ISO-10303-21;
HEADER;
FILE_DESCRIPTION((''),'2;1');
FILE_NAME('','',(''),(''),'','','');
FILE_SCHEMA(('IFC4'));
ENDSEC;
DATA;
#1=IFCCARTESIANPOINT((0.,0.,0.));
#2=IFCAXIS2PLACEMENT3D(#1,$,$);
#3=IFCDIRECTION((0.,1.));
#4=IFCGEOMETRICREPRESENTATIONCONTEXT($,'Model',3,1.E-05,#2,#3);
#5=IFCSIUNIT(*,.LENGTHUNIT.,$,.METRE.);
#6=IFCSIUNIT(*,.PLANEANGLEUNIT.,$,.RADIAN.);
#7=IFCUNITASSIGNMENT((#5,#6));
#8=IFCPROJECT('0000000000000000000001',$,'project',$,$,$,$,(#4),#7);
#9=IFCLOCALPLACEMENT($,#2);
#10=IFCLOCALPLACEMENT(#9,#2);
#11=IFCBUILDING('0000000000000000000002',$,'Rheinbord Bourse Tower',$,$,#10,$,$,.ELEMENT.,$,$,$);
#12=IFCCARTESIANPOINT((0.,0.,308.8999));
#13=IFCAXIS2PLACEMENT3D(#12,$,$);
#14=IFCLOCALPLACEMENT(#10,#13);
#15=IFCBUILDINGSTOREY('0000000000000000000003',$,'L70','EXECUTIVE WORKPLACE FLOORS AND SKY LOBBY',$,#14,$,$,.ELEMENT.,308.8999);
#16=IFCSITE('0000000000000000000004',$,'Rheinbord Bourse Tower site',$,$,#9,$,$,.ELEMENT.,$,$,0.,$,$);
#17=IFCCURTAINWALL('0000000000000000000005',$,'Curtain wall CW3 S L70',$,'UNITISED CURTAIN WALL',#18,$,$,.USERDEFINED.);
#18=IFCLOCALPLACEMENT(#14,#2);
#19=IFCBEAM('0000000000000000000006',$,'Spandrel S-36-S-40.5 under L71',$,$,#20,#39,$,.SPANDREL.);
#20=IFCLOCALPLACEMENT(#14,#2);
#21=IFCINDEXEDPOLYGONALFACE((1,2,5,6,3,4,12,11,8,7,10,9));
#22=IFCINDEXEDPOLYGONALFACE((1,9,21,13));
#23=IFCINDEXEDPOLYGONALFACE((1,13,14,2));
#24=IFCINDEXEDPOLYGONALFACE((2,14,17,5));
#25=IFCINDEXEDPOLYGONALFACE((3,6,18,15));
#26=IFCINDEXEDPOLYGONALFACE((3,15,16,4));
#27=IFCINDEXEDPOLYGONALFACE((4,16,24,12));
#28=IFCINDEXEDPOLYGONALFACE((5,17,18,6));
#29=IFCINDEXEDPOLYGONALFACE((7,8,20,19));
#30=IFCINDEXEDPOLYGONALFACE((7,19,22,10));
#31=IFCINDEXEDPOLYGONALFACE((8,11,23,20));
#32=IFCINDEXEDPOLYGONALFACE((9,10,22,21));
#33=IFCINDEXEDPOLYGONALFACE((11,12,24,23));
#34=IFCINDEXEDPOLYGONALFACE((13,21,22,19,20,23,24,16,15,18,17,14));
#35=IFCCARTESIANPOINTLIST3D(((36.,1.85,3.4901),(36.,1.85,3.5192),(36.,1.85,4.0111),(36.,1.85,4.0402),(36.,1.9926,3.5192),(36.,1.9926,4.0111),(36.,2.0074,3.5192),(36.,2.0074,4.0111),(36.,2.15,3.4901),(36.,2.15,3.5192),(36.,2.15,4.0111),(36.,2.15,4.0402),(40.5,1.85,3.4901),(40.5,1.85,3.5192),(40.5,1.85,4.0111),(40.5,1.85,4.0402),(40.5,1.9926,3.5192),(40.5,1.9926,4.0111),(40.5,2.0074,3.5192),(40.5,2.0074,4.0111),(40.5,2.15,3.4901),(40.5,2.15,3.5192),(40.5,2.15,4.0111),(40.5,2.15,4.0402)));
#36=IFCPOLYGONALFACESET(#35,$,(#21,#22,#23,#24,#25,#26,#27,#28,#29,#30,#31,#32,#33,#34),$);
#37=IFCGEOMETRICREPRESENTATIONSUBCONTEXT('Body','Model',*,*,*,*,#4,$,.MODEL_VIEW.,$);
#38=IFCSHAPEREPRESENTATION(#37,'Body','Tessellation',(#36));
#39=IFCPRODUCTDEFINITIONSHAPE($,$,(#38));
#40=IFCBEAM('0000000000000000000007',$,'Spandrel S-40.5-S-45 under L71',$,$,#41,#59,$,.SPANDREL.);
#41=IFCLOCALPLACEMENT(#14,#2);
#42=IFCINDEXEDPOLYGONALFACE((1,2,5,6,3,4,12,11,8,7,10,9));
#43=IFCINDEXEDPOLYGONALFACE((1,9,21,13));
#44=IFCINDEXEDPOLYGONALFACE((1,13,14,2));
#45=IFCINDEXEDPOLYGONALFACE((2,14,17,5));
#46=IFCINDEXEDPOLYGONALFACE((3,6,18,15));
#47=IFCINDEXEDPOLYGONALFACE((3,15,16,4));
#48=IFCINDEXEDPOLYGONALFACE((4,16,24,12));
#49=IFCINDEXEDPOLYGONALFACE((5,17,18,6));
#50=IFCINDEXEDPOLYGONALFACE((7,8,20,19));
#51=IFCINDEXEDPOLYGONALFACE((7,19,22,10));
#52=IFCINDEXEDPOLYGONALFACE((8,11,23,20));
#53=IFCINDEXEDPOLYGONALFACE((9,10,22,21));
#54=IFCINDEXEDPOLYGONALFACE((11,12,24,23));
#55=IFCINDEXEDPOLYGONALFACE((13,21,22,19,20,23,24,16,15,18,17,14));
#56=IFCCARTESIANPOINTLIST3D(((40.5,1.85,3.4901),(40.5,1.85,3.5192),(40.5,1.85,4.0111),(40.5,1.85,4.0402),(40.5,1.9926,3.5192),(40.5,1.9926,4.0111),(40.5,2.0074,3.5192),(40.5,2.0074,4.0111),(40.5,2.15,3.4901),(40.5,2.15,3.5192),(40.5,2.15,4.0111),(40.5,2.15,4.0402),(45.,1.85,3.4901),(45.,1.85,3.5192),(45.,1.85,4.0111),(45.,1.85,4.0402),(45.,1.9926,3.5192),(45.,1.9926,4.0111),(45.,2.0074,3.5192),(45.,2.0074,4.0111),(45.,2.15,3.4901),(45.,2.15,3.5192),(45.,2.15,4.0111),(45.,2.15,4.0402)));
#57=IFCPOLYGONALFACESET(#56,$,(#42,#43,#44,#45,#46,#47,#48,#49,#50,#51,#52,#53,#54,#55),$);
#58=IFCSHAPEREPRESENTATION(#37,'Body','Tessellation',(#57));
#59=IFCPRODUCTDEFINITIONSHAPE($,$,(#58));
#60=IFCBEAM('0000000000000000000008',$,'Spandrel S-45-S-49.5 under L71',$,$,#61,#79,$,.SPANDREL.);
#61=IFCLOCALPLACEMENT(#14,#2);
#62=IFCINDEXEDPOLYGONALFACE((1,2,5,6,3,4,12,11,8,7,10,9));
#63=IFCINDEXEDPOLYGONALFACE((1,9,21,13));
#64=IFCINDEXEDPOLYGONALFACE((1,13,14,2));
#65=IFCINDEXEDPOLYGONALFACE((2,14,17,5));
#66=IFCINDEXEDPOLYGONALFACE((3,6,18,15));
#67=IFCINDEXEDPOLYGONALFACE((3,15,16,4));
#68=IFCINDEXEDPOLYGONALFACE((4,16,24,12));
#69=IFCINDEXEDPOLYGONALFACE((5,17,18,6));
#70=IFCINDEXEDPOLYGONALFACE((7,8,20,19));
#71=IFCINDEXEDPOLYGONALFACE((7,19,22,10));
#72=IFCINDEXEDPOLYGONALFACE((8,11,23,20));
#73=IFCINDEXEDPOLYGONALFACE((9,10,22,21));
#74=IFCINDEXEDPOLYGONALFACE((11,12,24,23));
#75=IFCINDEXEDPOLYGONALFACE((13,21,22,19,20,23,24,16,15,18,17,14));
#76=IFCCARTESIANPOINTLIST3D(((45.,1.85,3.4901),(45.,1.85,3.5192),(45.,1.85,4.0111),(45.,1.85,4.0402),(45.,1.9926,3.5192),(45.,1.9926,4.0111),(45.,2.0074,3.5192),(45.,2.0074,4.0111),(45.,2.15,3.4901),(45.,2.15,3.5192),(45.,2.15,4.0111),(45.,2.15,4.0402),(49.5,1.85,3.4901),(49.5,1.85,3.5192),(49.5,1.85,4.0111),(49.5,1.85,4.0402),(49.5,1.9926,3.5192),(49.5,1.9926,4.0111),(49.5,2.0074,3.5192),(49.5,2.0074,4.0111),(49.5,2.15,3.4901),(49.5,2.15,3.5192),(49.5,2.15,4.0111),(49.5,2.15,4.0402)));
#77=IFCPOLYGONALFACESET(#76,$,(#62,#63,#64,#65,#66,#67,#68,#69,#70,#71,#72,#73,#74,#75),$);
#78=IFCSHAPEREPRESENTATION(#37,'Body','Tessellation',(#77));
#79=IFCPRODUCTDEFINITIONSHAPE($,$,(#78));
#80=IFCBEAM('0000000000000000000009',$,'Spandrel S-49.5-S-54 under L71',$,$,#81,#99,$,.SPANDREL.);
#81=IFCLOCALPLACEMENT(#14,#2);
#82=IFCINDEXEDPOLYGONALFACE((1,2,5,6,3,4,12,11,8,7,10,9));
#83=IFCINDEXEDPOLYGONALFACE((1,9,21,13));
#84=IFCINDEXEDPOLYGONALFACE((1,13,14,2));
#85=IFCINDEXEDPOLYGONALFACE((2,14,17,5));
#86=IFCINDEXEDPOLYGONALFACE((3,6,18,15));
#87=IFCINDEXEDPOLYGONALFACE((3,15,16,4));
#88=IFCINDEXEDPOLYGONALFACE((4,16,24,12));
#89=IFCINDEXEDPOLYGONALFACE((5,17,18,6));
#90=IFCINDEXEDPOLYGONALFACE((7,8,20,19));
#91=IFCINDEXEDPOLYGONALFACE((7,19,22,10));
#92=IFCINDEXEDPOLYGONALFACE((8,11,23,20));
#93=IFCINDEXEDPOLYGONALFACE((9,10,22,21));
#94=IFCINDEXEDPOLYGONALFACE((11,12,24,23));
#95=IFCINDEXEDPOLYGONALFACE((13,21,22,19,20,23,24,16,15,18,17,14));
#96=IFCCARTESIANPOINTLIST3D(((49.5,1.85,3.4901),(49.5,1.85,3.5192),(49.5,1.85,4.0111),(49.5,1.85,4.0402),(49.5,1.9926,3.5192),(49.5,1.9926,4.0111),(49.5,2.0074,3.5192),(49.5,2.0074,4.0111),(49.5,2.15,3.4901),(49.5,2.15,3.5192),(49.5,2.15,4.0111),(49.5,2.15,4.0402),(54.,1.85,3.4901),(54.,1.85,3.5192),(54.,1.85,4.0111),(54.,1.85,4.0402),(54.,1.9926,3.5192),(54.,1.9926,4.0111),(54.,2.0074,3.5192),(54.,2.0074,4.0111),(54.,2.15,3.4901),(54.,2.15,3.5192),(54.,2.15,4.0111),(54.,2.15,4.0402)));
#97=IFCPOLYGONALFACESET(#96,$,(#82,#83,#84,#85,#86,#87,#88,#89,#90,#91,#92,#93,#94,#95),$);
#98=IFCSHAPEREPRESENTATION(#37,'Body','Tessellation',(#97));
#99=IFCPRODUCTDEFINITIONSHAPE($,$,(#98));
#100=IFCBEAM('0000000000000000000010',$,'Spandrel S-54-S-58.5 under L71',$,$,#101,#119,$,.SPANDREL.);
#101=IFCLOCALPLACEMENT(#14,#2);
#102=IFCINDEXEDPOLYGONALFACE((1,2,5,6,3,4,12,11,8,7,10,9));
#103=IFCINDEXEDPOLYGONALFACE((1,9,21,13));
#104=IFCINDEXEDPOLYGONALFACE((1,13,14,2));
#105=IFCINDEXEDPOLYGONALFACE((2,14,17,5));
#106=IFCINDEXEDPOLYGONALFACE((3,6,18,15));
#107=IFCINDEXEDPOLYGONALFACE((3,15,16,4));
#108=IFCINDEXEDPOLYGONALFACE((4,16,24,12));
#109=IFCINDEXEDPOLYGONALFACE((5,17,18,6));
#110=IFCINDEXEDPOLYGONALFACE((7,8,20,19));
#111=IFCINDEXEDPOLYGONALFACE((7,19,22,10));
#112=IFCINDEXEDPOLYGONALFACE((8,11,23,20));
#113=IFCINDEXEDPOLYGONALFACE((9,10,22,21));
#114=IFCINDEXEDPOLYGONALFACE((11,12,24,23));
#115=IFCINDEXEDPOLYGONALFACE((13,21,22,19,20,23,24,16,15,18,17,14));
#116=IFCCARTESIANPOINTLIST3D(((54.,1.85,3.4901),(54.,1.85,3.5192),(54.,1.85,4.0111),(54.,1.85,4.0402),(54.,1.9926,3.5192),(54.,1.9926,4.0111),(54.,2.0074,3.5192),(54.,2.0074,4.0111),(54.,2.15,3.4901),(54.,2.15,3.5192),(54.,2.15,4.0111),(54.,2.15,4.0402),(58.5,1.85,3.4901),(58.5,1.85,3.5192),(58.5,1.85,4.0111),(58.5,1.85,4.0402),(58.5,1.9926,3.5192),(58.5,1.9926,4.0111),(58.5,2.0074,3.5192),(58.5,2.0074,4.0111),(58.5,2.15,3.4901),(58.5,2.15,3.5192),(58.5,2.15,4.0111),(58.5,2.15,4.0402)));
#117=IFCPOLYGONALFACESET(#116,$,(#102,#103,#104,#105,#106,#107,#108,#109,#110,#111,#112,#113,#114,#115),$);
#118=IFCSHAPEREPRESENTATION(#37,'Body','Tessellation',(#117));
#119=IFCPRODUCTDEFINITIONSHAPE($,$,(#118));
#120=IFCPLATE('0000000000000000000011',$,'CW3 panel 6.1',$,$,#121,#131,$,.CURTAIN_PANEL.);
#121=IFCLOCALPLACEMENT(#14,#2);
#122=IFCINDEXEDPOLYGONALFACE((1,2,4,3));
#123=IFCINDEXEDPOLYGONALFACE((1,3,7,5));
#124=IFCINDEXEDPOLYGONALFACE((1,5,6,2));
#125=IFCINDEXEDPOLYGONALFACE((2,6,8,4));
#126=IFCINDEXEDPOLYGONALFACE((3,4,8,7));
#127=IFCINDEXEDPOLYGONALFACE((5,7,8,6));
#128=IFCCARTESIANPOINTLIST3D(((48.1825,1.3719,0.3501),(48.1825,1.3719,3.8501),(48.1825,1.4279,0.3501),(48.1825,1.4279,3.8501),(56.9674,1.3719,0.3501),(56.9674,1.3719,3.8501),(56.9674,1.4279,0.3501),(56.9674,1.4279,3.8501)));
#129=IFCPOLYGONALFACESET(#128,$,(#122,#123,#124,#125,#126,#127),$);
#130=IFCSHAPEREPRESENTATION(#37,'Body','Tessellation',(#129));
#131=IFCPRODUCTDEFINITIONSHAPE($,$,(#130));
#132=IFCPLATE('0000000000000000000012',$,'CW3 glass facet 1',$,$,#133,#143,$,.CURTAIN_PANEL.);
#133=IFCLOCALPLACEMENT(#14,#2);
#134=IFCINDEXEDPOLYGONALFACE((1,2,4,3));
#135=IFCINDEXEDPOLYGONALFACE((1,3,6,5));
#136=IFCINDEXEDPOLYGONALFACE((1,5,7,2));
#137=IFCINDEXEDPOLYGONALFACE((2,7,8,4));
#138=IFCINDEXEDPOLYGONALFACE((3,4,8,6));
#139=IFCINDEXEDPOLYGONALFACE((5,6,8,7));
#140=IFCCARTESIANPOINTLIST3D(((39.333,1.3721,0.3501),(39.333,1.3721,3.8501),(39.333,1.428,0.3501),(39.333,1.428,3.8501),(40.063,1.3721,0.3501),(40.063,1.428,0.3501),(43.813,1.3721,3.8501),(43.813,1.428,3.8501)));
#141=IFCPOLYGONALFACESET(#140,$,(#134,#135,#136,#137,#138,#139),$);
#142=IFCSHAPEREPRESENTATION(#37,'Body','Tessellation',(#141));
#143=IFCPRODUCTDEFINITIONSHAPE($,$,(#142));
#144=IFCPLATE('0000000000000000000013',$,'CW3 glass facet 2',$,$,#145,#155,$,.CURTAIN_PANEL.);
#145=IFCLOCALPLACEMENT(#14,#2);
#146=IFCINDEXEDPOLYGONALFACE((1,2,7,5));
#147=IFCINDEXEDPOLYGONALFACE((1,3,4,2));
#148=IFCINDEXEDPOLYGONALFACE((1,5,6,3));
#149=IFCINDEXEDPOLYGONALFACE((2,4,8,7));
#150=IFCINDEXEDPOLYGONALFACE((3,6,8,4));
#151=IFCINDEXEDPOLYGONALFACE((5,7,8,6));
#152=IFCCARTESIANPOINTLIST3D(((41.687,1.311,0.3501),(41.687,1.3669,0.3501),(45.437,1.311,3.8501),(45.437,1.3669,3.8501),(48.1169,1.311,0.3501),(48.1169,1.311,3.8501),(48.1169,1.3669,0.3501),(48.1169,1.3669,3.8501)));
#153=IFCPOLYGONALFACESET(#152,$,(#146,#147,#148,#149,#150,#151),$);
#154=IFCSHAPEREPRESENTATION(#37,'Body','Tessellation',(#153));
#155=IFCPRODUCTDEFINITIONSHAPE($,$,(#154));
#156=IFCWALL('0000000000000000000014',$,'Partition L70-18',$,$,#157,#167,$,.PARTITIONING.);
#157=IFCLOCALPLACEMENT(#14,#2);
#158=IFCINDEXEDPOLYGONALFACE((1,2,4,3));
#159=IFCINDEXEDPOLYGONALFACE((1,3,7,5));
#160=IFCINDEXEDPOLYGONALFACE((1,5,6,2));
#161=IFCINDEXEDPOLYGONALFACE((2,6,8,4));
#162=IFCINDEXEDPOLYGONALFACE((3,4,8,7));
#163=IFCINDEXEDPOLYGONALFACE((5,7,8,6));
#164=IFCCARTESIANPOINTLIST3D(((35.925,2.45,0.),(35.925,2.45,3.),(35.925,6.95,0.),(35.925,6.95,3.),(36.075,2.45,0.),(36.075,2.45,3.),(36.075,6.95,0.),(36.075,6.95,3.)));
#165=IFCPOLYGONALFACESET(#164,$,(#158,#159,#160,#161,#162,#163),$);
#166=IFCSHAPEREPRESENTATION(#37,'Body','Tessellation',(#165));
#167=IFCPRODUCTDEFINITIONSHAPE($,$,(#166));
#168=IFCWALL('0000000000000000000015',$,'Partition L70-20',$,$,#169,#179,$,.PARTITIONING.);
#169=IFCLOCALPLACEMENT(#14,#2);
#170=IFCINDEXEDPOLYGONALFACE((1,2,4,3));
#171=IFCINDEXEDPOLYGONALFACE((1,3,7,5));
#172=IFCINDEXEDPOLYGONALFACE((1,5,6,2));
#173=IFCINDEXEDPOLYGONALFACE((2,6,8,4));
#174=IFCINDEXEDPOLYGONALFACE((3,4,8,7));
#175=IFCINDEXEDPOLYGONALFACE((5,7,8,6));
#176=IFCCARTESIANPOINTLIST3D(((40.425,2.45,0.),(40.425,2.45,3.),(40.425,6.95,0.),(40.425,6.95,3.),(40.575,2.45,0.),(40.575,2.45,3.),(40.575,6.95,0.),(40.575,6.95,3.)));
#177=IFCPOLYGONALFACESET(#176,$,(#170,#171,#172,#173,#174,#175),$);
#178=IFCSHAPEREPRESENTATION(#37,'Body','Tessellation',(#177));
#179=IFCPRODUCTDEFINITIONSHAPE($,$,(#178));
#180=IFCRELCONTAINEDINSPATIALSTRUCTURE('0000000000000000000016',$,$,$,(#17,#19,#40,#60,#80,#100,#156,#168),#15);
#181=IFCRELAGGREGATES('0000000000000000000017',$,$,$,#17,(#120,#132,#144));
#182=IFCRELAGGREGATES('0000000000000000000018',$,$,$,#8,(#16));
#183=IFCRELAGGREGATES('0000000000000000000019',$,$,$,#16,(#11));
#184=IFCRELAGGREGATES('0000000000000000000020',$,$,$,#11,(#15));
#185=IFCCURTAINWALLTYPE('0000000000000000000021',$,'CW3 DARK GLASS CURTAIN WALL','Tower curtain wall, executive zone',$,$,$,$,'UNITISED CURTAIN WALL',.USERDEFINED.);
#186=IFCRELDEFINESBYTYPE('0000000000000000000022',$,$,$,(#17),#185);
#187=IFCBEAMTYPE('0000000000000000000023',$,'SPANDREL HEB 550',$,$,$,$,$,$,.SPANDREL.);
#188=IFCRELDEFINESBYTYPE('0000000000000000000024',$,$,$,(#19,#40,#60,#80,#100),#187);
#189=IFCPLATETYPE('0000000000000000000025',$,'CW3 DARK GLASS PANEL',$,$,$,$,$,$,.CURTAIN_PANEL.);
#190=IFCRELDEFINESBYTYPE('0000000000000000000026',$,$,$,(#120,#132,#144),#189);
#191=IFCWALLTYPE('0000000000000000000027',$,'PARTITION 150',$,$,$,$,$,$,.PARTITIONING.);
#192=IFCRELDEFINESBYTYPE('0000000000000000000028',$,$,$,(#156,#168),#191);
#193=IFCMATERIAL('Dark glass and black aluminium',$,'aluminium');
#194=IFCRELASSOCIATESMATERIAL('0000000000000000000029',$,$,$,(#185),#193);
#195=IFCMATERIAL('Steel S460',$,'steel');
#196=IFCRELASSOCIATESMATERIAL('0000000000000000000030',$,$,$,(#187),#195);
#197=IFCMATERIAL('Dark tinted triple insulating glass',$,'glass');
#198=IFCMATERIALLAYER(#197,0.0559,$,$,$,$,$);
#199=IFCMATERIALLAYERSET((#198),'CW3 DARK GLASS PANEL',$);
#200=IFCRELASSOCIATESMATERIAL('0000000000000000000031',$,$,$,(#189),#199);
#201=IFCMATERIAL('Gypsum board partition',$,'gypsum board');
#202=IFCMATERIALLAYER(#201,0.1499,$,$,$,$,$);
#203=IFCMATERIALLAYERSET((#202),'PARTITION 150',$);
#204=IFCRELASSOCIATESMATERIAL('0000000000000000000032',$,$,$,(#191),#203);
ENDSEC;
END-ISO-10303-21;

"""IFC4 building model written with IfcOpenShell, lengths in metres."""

from ifc_helpers import new_model, si_unit, direction, frame, frame_2d, origin, origin_2d, place, context, subcontext, project, spatial, polyline, rectangle, i_section, outline, extrude, material, layer, layer_set, material_profile, profile_set, type_object, element, aggregate, save


model = new_model("IFC4")

# Units and contexts
model_context = context("Model", 3, precision=1e-05, world=origin(), true_north=direction((0.0, 1.0)))
body_context = subcontext(model_context, "Body", "Model", "MODEL_VIEW")
ifc_project = project(units=[si_unit("LENGTHUNIT", "METRE"), si_unit("PLANEANGLEUNIT", "RADIAN")], contexts=[model_context])

# Site, building, storey
site_placement = place(None, origin())
site = spatial("IfcSite", under=ifc_project, at=site_placement, Name="Rheinbord Bourse Tower site", CompositionType="ELEMENT", RefElevation=0.0)
building_placement = place(site_placement, origin())
building = spatial("IfcBuilding", under=site, at=building_placement, Name="Rheinbord Bourse Tower", CompositionType="ELEMENT")
storey_placement = place(building_placement, frame((0.0, 0.0, 308.8999)))
storey = spatial("IfcBuildingStorey", under=building, at=storey_placement, Name="L70", Description="EXECUTIVE WORKPLACE FLOORS AND SKY LOBBY", CompositionType="ELEMENT", Elevation=308.8999)

# Curtain wall
ifc_material_1 = material(Name="Dark glass and black aluminium", Category="aluminium")
curtain_wall_type = type_object("IfcCurtainWallType", Name="CW3 DARK GLASS CURTAIN WALL", Description="Tower curtain wall, executive zone", ElementType="UNITISED CURTAIN WALL", PredefinedType="USERDEFINED", material=ifc_material_1)
curtain_wall_placement = place(storey_placement, origin())
curtain_wall = element("IfcCurtainWall", 1, at=curtain_wall_placement, inside=storey, type_object=curtain_wall_type, Name="Curtain wall CW3 S L70", ObjectType="UNITISED CURTAIN WALL", PredefinedType="USERDEFINED")

# Beams
ifc_material_2 = material(Name="Steel S460", Category="steel")
ifc_material_profile_1 = material_profile(ifc_material_2, i_section(OverallWidth=0.3, OverallDepth=0.55, WebThickness=0.0149, FlangeThickness=0.0291, at=origin_2d()), Name="HEB 550")
ifc_profile_set_1 = profile_set([ifc_material_profile_1], Name="Steel S460")
beam_type_1 = type_object("IfcBeamType", Name="SPANDREL HEB 550", PredefinedType="SPANDREL", material=ifc_profile_set_1)
for number, where, z_axis, x_axis, name in (
    (2, (36.0, 2.0, 3.7651), (1.0, 0.0, 0.0), (0.0, 1.0, 0.0), "Spandrel S-36-S-40.5 under L71"),
    (3, (40.5, 2.0, 3.7651), (1.0, 0.0, 0.0), (0.0, 1.0, 0.0), "Spandrel S-40.5-S-45 under L71"),
    (4, (45.0, 2.0, 3.7651), (1.0, 0.0, 0.0), (0.0, 1.0, 0.0), "Spandrel S-45-S-49.5 under L71"),
    (5, (49.5, 2.0, 3.7651), (1.0, 0.0, 0.0), (0.0, 1.0, 0.0), "Spandrel S-49.5-S-54 under L71"),
    (6, (54.0, 2.0, 3.7651), (1.0, 0.0, 0.0), (0.0, 1.0, 0.0), "Spandrel S-54-S-58.5 under L71"),
):
    element("IfcBeam", number, at=place(storey_placement, frame(where, z_axis=z_axis, x_axis=x_axis)), inside=storey, type_object=beam_type_1, Name=name, PredefinedType="SPANDREL", context=body_context, shape_type="SweptSolid", body=[
        extrude(i_section(OverallWidth=0.3, OverallDepth=0.55, WebThickness=0.0149, FlangeThickness=0.0291, at=origin_2d()), origin(), (0.0, 0.0, 1.0), 4.5),
    ])

# Plates
ifc_material_3 = material(Name="Dark tinted triple insulating glass", Category="glass")
ifc_layer_1 = layer(ifc_material_3, 0.0559)
ifc_layer_set_1 = layer_set([ifc_layer_1], Name="CW3 DARK GLASS PANEL")
plate_type = type_object("IfcPlateType", Name="CW3 DARK GLASS PANEL", PredefinedType="CURTAIN_PANEL", material=ifc_layer_set_1)
plate_1_placement = place(storey_placement, frame((52.575, 1.3999, 0.3501), z_axis=(0.0, 0.0, 1.0), x_axis=(1.0, 0.0, 0.0)))
plate_1 = element("IfcPlate", 7, at=plate_1_placement, type_object=plate_type, Name="CW3 panel 6.1", PredefinedType="CURTAIN_PANEL", context=body_context, shape_type="SweptSolid", body=[
    extrude(rectangle(XDim=8.7849, YDim=0.0559, at=origin_2d()), origin(), (0.0, 0.0, 1.0), 3.5),
])
plate_2_placement = place(storey_placement, frame((39.333, 1.3721, 0.3501), z_axis=(0.0, 1.0, 0.0), x_axis=(0.0, 0.0, 1.0)))
plate_2 = element("IfcPlate", 8, at=plate_2_placement, type_object=plate_type, Name="CW3 glass facet 1", PredefinedType="CURTAIN_PANEL", context=body_context, shape_type="SweptSolid", body=[
    extrude(outline(polyline([(0.0, 0.0), (3.5, 0.0), (3.5, 4.48), (0.0, 0.73), (0.0, 0.0)])), origin(), (0.0, 0.0, 1.0), 0.0559),
])
plate_3_placement = place(storey_placement, frame((48.1169, 1.311, 3.8501), z_axis=(0.0, 1.0, 0.0), x_axis=(0.0, 0.0, -1.0)))
plate_3 = element("IfcPlate", 9, at=plate_3_placement, type_object=plate_type, Name="CW3 glass facet 2", PredefinedType="CURTAIN_PANEL", context=body_context, shape_type="SweptSolid", body=[
    extrude(outline(polyline([(0.0, 0.0), (3.5, 0.0), (3.5, 6.4299), (0.0, 2.6799), (0.0, 0.0)])), origin(), (0.0, 0.0, 1.0), 0.0559),
])
aggregate(curtain_wall, [plate_1, plate_2, plate_3])

# Walls
ifc_material_4 = material(Name="Gypsum board partition", Category="gypsum board")
ifc_layer_2 = layer(ifc_material_4, 0.1499)
ifc_layer_set_2 = layer_set([ifc_layer_2], Name="PARTITION 150")
wall_type = type_object("IfcWallType", Name="PARTITION 150", PredefinedType="PARTITIONING", material=ifc_layer_set_2)
for number, where, z_axis, x_axis, name in (
    (10, (36.0, 2.45, 0.0), (0.0, 0.0, 1.0), (0.0, 1.0, 0.0), "Partition L70-18"),
    (11, (40.5, 2.45, 0.0), (0.0, 0.0, 1.0), (0.0, 1.0, 0.0), "Partition L70-20"),
):
    element("IfcWall", number, at=place(storey_placement, frame(where, z_axis=z_axis, x_axis=x_axis)), inside=storey, type_object=wall_type, Name=name, PredefinedType="PARTITIONING", context=body_context, shape_type="SweptSolid", body=[
        extrude(rectangle(XDim=4.5, YDim=0.1499, at=frame_2d((2.25, 0.0))), origin(), (0.0, 0.0, 1.0), 3.0),
    ])

save(model, "model.ifc")
